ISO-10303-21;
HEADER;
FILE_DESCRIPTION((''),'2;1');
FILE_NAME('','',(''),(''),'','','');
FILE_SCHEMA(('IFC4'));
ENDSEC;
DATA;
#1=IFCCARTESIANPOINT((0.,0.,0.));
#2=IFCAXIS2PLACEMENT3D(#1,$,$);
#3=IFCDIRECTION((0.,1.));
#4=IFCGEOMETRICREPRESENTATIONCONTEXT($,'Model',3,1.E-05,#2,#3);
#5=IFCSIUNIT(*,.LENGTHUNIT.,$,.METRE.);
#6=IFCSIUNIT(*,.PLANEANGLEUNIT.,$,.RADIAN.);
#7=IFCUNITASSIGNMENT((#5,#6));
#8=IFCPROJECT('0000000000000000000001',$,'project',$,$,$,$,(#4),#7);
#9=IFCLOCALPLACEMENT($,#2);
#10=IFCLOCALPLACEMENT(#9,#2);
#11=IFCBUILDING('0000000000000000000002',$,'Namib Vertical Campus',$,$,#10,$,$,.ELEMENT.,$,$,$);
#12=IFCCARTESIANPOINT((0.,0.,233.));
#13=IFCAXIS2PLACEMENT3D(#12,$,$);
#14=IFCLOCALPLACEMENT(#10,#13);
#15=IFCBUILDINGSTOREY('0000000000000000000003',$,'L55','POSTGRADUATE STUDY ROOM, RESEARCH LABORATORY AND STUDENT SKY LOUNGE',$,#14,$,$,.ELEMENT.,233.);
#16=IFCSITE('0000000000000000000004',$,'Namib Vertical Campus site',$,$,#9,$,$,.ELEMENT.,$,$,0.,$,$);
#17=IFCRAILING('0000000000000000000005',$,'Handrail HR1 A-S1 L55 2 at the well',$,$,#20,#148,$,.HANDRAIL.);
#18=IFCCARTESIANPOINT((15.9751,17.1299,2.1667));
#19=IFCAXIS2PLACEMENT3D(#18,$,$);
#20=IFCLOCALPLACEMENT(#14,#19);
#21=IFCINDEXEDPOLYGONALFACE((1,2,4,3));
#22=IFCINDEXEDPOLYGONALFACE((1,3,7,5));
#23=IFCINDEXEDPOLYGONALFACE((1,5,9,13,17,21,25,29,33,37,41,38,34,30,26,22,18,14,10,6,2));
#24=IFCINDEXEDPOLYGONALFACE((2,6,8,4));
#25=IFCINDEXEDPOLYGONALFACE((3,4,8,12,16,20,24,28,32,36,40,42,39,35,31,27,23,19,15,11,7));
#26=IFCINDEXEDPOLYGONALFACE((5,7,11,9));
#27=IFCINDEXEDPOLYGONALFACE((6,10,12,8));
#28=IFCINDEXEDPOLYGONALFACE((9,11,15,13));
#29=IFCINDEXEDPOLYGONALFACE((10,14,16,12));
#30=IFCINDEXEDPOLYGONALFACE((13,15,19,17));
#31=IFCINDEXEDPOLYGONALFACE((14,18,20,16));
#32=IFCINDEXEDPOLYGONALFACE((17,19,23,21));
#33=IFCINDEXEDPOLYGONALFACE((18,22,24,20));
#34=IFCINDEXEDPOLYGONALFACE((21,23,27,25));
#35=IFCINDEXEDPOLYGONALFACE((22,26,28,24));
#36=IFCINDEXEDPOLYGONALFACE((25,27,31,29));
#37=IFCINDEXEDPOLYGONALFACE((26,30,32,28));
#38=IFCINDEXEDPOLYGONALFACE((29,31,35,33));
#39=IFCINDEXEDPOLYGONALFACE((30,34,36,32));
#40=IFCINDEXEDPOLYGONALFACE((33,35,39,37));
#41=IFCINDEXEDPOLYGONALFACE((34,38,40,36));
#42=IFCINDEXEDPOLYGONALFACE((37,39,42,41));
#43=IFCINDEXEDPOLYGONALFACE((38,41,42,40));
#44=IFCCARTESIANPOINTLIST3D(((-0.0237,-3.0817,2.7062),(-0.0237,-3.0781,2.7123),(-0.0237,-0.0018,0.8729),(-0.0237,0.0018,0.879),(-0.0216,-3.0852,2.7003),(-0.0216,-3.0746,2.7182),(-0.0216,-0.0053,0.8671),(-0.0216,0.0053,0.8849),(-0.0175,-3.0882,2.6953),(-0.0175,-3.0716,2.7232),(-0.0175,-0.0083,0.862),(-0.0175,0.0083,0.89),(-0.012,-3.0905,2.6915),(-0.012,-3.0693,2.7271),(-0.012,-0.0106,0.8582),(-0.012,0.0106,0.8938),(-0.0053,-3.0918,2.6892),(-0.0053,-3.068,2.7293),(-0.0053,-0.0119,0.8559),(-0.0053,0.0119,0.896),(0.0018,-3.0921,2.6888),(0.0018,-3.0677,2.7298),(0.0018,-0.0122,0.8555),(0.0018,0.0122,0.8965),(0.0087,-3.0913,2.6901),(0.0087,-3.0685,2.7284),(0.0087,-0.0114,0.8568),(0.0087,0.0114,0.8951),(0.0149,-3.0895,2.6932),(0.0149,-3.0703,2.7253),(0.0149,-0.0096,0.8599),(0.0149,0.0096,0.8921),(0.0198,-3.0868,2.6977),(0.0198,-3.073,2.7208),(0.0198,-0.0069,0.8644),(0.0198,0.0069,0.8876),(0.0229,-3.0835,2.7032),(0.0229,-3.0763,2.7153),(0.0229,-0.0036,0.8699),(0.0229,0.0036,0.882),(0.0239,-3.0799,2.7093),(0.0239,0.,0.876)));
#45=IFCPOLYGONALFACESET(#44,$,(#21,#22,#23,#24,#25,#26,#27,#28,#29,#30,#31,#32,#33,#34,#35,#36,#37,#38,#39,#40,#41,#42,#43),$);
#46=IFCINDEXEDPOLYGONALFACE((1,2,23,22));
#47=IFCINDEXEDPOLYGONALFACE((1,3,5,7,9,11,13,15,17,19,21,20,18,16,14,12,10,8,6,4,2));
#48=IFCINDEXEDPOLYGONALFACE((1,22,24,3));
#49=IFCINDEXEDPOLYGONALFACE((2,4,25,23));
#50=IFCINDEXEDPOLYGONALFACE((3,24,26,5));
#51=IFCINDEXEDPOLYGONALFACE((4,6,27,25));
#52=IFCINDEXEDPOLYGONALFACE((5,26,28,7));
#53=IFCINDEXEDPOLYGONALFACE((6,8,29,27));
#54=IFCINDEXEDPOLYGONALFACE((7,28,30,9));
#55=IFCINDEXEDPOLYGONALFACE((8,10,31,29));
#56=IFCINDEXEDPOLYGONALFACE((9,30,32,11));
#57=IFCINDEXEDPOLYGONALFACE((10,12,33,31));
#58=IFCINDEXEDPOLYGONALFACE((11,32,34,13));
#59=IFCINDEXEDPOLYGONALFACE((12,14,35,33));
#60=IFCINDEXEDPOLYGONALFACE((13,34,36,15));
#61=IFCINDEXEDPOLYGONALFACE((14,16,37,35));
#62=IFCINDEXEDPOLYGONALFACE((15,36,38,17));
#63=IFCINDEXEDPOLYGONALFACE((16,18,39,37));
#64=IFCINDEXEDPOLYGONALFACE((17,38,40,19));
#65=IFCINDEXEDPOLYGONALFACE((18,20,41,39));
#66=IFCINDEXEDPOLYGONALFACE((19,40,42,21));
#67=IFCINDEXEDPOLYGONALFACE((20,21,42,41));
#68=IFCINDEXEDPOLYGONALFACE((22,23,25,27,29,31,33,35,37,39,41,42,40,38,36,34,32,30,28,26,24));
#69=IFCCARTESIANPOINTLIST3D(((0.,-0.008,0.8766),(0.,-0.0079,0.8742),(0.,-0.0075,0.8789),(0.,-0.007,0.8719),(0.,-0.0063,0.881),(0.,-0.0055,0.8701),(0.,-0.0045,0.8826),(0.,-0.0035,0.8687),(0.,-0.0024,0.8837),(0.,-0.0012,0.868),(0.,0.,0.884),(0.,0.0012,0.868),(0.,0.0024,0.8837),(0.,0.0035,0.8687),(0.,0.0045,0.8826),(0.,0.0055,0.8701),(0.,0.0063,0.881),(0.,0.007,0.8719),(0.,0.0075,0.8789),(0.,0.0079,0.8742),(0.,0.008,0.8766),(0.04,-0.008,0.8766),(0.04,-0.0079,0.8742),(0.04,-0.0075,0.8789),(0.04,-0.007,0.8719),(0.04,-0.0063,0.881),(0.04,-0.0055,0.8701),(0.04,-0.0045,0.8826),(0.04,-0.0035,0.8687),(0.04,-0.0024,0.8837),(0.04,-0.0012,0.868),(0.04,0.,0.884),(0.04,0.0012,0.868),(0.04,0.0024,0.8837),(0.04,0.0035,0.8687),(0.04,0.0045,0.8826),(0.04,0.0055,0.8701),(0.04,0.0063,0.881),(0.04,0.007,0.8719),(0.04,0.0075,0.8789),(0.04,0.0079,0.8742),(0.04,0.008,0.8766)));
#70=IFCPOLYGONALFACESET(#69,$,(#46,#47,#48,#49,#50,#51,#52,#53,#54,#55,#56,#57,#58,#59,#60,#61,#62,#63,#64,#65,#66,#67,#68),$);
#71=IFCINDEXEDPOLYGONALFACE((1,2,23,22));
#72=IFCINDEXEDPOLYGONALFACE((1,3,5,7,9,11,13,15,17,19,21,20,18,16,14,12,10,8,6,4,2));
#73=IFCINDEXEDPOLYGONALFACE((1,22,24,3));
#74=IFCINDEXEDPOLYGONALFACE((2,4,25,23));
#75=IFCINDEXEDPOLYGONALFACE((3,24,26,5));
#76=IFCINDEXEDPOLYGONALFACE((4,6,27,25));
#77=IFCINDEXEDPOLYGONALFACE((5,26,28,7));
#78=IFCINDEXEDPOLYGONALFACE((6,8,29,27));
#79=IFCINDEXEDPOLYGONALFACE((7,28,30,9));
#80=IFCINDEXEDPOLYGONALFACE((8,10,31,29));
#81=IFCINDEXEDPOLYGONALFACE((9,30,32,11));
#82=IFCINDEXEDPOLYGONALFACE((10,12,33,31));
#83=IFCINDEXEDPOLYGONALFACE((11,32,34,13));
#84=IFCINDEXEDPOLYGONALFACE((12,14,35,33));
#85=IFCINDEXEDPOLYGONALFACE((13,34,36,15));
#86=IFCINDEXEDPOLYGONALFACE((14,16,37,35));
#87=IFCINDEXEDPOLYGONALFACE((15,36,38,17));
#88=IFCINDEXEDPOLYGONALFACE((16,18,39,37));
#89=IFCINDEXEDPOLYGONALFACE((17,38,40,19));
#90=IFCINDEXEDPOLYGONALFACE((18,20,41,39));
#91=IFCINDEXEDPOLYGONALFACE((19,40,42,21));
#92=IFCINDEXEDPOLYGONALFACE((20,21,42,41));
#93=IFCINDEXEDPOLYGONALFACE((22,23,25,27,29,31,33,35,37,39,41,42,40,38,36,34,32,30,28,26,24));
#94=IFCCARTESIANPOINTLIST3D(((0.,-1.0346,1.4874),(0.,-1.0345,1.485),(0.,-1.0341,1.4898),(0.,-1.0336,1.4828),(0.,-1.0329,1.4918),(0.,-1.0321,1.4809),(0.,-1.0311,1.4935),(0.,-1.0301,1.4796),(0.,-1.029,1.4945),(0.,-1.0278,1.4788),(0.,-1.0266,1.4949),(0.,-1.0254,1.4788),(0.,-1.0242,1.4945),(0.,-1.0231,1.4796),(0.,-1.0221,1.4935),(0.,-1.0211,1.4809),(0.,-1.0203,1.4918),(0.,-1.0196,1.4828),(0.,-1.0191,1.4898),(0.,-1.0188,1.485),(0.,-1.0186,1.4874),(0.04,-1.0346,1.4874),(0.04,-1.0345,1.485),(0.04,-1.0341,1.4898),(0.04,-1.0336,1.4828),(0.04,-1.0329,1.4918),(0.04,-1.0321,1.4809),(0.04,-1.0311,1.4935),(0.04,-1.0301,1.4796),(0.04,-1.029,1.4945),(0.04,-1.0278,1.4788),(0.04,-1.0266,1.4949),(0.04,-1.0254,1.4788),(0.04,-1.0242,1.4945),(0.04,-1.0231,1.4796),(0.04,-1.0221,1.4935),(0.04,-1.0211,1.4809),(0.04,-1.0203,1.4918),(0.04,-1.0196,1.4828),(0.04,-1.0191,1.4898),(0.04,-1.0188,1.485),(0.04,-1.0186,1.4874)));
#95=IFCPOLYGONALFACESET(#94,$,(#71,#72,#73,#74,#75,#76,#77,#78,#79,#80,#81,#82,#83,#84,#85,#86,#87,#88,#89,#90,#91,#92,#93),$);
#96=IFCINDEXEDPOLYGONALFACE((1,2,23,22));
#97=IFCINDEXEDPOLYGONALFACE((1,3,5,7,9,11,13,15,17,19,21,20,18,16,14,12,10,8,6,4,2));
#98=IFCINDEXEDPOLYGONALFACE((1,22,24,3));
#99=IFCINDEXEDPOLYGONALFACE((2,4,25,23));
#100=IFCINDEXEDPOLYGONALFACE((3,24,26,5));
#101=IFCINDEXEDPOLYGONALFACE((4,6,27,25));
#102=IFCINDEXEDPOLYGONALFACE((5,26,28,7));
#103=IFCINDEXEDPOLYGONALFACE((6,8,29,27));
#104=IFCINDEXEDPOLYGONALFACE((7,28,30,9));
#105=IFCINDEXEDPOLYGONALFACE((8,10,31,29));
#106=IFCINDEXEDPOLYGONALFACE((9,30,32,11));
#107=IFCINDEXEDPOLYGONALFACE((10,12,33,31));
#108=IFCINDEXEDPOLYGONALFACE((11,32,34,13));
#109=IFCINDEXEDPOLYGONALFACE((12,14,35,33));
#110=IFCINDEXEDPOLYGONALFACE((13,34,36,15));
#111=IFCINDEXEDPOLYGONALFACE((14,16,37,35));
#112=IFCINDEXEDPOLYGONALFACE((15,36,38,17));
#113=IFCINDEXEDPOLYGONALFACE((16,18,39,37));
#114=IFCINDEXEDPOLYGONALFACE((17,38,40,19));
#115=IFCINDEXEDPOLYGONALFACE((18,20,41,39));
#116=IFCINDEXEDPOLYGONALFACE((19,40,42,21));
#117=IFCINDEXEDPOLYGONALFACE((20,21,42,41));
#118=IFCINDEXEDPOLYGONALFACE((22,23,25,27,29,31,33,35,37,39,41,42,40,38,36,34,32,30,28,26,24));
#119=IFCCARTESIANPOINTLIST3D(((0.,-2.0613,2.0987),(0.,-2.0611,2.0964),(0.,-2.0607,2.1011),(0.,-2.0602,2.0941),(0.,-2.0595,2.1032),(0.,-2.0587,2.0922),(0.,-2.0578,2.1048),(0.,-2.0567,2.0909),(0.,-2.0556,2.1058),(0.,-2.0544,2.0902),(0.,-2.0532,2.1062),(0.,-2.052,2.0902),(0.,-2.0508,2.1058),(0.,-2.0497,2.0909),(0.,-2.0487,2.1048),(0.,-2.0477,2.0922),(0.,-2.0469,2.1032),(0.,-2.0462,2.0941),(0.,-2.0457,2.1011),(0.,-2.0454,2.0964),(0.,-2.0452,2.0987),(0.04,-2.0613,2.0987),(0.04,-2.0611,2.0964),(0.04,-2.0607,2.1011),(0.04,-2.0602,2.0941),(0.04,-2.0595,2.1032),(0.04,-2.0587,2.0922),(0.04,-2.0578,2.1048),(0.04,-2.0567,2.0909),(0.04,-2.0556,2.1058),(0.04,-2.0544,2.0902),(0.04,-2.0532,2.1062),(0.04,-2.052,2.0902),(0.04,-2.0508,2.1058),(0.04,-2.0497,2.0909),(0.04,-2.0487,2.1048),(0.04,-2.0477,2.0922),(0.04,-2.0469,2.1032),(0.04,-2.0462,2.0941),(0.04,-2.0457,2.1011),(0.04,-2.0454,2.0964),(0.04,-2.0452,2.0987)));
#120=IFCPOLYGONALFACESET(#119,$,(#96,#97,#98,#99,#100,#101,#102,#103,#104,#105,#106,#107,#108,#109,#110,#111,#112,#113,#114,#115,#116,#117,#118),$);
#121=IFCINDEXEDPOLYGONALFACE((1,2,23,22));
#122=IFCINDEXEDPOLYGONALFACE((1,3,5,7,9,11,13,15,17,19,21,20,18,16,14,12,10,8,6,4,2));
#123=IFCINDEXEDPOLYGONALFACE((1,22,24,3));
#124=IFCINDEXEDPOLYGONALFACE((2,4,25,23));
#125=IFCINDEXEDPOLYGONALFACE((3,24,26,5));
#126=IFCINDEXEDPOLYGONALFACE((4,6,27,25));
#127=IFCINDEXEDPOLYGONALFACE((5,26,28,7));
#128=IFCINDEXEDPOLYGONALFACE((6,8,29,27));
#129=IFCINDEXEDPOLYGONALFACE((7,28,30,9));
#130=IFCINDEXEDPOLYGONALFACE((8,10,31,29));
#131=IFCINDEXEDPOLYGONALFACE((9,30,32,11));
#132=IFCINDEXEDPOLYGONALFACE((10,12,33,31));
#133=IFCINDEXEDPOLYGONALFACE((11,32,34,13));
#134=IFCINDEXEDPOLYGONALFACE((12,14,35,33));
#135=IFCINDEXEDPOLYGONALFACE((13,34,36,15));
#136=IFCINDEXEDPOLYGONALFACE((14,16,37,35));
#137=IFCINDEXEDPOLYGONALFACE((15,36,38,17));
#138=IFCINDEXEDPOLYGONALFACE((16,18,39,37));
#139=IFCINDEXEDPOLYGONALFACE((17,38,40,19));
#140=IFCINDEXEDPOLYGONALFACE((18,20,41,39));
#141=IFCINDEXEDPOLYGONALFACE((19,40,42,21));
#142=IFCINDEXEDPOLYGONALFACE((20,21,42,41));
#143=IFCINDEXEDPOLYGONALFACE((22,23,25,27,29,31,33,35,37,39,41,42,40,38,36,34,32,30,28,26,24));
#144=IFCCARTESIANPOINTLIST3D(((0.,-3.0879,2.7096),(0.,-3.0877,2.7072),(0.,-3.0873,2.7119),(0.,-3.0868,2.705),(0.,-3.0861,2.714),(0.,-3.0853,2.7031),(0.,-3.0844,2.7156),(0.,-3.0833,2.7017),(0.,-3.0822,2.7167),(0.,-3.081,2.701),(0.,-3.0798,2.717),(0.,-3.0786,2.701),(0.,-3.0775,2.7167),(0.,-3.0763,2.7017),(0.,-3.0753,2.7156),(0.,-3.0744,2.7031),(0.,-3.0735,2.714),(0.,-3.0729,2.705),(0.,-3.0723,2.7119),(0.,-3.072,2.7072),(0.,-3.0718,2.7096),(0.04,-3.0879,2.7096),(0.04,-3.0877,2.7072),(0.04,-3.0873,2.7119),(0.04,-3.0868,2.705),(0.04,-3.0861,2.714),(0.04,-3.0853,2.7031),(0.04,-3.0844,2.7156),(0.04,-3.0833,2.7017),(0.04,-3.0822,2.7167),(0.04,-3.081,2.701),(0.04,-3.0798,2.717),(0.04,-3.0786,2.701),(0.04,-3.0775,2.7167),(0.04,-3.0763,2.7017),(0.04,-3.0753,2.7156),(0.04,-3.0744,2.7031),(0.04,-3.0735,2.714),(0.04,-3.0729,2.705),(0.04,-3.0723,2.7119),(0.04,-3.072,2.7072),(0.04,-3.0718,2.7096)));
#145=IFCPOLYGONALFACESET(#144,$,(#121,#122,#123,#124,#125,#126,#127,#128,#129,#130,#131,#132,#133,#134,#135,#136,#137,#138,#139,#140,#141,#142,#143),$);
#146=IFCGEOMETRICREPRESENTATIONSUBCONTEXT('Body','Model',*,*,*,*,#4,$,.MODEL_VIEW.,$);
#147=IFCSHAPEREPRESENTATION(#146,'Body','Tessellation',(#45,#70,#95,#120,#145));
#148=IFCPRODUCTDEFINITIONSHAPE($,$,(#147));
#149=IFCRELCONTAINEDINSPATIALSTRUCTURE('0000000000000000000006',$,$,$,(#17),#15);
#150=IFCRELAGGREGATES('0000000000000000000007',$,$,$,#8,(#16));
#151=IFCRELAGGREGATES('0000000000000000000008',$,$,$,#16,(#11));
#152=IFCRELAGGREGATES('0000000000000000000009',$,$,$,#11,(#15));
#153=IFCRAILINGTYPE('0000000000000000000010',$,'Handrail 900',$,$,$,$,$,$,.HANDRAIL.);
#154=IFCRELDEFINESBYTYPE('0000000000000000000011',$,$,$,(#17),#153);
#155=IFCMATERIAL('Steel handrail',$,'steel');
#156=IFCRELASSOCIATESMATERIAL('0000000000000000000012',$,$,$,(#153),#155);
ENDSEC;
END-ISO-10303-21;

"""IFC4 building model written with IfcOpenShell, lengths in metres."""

from ifc_helpers import new_model, si_unit, direction, frame, origin, origin_2d, place, context, subcontext, project, spatial, circle, extrude, material, type_object, element, save


model = new_model("IFC4")

# Units and contexts
model_context = context("Model", 3, precision=1e-05, world=origin(), true_north=direction((0.0, 1.0)))
body_context = subcontext(model_context, "Body", "Model", "MODEL_VIEW")
ifc_project = project(units=[si_unit("LENGTHUNIT", "METRE"), si_unit("PLANEANGLEUNIT", "RADIAN")], contexts=[model_context])

# Site, building, storey
site_placement = place(None, origin())
site = spatial("IfcSite", under=ifc_project, at=site_placement, Name="Namib Vertical Campus site", CompositionType="ELEMENT", RefElevation=0.0)
building_placement = place(site_placement, origin())
building = spatial("IfcBuilding", under=site, at=building_placement, Name="Namib Vertical Campus", CompositionType="ELEMENT")
storey_placement = place(building_placement, frame((0.0, 0.0, 233.0)))
storey = spatial("IfcBuildingStorey", under=building, at=storey_placement, Name="L55", Description="POSTGRADUATE STUDY ROOM, RESEARCH LABORATORY AND STUDENT SKY LOUNGE", CompositionType="ELEMENT", Elevation=233.0)

# Railing
ifc_material_1 = material(Name="Steel handrail", Category="steel")
railing_type = type_object("IfcRailingType", Name="Handrail 900", PredefinedType="HANDRAIL", material=ifc_material_1)
railing_placement = place(storey_placement, frame((15.9751, 17.1299, 2.1667)))
element("IfcRailing", 1, at=railing_placement, inside=storey, type_object=railing_type, Name="Handrail HR1 A-S1 L55 2 at the well", PredefinedType="HANDRAIL", context=body_context, shape_type="SweptSolid", body=[
    extrude(circle(Radius=0.0239, at=origin_2d()), frame((0.0, 0.0, 0.876), z_axis=(0.0, -0.859291, 0.511487), x_axis=(1.0, 0.0, 0.0)), (0.0, 0.0, 1.0), 3.5842),
    extrude(circle(Radius=0.0081, at=origin_2d()), frame((0.0, 0.0, 0.876), z_axis=(1.0, 0.0, 0.0), x_axis=(0.0, 0.0, 1.0)), (0.0, 0.0, 1.0), 0.04),
    extrude(circle(Radius=0.0081, at=origin_2d()), frame((0.0, -1.0266, 1.4868), z_axis=(1.0, 0.0, 0.0), x_axis=(0.0, 0.0, 1.0)), (0.0, 0.0, 1.0), 0.04),
    extrude(circle(Radius=0.0081, at=origin_2d()), frame((0.0, -2.0532, 2.0981), z_axis=(1.0, 0.0, 0.0), x_axis=(0.0, 0.0, 1.0)), (0.0, 0.0, 1.0), 0.04),
    extrude(circle(Radius=0.0081, at=origin_2d()), frame((0.0, -3.0798, 2.709), z_axis=(1.0, 0.0, 0.0), x_axis=(0.0, 0.0, 1.0)), (0.0, 0.0, 1.0), 0.04),
])

save(model, "model.ifc")
